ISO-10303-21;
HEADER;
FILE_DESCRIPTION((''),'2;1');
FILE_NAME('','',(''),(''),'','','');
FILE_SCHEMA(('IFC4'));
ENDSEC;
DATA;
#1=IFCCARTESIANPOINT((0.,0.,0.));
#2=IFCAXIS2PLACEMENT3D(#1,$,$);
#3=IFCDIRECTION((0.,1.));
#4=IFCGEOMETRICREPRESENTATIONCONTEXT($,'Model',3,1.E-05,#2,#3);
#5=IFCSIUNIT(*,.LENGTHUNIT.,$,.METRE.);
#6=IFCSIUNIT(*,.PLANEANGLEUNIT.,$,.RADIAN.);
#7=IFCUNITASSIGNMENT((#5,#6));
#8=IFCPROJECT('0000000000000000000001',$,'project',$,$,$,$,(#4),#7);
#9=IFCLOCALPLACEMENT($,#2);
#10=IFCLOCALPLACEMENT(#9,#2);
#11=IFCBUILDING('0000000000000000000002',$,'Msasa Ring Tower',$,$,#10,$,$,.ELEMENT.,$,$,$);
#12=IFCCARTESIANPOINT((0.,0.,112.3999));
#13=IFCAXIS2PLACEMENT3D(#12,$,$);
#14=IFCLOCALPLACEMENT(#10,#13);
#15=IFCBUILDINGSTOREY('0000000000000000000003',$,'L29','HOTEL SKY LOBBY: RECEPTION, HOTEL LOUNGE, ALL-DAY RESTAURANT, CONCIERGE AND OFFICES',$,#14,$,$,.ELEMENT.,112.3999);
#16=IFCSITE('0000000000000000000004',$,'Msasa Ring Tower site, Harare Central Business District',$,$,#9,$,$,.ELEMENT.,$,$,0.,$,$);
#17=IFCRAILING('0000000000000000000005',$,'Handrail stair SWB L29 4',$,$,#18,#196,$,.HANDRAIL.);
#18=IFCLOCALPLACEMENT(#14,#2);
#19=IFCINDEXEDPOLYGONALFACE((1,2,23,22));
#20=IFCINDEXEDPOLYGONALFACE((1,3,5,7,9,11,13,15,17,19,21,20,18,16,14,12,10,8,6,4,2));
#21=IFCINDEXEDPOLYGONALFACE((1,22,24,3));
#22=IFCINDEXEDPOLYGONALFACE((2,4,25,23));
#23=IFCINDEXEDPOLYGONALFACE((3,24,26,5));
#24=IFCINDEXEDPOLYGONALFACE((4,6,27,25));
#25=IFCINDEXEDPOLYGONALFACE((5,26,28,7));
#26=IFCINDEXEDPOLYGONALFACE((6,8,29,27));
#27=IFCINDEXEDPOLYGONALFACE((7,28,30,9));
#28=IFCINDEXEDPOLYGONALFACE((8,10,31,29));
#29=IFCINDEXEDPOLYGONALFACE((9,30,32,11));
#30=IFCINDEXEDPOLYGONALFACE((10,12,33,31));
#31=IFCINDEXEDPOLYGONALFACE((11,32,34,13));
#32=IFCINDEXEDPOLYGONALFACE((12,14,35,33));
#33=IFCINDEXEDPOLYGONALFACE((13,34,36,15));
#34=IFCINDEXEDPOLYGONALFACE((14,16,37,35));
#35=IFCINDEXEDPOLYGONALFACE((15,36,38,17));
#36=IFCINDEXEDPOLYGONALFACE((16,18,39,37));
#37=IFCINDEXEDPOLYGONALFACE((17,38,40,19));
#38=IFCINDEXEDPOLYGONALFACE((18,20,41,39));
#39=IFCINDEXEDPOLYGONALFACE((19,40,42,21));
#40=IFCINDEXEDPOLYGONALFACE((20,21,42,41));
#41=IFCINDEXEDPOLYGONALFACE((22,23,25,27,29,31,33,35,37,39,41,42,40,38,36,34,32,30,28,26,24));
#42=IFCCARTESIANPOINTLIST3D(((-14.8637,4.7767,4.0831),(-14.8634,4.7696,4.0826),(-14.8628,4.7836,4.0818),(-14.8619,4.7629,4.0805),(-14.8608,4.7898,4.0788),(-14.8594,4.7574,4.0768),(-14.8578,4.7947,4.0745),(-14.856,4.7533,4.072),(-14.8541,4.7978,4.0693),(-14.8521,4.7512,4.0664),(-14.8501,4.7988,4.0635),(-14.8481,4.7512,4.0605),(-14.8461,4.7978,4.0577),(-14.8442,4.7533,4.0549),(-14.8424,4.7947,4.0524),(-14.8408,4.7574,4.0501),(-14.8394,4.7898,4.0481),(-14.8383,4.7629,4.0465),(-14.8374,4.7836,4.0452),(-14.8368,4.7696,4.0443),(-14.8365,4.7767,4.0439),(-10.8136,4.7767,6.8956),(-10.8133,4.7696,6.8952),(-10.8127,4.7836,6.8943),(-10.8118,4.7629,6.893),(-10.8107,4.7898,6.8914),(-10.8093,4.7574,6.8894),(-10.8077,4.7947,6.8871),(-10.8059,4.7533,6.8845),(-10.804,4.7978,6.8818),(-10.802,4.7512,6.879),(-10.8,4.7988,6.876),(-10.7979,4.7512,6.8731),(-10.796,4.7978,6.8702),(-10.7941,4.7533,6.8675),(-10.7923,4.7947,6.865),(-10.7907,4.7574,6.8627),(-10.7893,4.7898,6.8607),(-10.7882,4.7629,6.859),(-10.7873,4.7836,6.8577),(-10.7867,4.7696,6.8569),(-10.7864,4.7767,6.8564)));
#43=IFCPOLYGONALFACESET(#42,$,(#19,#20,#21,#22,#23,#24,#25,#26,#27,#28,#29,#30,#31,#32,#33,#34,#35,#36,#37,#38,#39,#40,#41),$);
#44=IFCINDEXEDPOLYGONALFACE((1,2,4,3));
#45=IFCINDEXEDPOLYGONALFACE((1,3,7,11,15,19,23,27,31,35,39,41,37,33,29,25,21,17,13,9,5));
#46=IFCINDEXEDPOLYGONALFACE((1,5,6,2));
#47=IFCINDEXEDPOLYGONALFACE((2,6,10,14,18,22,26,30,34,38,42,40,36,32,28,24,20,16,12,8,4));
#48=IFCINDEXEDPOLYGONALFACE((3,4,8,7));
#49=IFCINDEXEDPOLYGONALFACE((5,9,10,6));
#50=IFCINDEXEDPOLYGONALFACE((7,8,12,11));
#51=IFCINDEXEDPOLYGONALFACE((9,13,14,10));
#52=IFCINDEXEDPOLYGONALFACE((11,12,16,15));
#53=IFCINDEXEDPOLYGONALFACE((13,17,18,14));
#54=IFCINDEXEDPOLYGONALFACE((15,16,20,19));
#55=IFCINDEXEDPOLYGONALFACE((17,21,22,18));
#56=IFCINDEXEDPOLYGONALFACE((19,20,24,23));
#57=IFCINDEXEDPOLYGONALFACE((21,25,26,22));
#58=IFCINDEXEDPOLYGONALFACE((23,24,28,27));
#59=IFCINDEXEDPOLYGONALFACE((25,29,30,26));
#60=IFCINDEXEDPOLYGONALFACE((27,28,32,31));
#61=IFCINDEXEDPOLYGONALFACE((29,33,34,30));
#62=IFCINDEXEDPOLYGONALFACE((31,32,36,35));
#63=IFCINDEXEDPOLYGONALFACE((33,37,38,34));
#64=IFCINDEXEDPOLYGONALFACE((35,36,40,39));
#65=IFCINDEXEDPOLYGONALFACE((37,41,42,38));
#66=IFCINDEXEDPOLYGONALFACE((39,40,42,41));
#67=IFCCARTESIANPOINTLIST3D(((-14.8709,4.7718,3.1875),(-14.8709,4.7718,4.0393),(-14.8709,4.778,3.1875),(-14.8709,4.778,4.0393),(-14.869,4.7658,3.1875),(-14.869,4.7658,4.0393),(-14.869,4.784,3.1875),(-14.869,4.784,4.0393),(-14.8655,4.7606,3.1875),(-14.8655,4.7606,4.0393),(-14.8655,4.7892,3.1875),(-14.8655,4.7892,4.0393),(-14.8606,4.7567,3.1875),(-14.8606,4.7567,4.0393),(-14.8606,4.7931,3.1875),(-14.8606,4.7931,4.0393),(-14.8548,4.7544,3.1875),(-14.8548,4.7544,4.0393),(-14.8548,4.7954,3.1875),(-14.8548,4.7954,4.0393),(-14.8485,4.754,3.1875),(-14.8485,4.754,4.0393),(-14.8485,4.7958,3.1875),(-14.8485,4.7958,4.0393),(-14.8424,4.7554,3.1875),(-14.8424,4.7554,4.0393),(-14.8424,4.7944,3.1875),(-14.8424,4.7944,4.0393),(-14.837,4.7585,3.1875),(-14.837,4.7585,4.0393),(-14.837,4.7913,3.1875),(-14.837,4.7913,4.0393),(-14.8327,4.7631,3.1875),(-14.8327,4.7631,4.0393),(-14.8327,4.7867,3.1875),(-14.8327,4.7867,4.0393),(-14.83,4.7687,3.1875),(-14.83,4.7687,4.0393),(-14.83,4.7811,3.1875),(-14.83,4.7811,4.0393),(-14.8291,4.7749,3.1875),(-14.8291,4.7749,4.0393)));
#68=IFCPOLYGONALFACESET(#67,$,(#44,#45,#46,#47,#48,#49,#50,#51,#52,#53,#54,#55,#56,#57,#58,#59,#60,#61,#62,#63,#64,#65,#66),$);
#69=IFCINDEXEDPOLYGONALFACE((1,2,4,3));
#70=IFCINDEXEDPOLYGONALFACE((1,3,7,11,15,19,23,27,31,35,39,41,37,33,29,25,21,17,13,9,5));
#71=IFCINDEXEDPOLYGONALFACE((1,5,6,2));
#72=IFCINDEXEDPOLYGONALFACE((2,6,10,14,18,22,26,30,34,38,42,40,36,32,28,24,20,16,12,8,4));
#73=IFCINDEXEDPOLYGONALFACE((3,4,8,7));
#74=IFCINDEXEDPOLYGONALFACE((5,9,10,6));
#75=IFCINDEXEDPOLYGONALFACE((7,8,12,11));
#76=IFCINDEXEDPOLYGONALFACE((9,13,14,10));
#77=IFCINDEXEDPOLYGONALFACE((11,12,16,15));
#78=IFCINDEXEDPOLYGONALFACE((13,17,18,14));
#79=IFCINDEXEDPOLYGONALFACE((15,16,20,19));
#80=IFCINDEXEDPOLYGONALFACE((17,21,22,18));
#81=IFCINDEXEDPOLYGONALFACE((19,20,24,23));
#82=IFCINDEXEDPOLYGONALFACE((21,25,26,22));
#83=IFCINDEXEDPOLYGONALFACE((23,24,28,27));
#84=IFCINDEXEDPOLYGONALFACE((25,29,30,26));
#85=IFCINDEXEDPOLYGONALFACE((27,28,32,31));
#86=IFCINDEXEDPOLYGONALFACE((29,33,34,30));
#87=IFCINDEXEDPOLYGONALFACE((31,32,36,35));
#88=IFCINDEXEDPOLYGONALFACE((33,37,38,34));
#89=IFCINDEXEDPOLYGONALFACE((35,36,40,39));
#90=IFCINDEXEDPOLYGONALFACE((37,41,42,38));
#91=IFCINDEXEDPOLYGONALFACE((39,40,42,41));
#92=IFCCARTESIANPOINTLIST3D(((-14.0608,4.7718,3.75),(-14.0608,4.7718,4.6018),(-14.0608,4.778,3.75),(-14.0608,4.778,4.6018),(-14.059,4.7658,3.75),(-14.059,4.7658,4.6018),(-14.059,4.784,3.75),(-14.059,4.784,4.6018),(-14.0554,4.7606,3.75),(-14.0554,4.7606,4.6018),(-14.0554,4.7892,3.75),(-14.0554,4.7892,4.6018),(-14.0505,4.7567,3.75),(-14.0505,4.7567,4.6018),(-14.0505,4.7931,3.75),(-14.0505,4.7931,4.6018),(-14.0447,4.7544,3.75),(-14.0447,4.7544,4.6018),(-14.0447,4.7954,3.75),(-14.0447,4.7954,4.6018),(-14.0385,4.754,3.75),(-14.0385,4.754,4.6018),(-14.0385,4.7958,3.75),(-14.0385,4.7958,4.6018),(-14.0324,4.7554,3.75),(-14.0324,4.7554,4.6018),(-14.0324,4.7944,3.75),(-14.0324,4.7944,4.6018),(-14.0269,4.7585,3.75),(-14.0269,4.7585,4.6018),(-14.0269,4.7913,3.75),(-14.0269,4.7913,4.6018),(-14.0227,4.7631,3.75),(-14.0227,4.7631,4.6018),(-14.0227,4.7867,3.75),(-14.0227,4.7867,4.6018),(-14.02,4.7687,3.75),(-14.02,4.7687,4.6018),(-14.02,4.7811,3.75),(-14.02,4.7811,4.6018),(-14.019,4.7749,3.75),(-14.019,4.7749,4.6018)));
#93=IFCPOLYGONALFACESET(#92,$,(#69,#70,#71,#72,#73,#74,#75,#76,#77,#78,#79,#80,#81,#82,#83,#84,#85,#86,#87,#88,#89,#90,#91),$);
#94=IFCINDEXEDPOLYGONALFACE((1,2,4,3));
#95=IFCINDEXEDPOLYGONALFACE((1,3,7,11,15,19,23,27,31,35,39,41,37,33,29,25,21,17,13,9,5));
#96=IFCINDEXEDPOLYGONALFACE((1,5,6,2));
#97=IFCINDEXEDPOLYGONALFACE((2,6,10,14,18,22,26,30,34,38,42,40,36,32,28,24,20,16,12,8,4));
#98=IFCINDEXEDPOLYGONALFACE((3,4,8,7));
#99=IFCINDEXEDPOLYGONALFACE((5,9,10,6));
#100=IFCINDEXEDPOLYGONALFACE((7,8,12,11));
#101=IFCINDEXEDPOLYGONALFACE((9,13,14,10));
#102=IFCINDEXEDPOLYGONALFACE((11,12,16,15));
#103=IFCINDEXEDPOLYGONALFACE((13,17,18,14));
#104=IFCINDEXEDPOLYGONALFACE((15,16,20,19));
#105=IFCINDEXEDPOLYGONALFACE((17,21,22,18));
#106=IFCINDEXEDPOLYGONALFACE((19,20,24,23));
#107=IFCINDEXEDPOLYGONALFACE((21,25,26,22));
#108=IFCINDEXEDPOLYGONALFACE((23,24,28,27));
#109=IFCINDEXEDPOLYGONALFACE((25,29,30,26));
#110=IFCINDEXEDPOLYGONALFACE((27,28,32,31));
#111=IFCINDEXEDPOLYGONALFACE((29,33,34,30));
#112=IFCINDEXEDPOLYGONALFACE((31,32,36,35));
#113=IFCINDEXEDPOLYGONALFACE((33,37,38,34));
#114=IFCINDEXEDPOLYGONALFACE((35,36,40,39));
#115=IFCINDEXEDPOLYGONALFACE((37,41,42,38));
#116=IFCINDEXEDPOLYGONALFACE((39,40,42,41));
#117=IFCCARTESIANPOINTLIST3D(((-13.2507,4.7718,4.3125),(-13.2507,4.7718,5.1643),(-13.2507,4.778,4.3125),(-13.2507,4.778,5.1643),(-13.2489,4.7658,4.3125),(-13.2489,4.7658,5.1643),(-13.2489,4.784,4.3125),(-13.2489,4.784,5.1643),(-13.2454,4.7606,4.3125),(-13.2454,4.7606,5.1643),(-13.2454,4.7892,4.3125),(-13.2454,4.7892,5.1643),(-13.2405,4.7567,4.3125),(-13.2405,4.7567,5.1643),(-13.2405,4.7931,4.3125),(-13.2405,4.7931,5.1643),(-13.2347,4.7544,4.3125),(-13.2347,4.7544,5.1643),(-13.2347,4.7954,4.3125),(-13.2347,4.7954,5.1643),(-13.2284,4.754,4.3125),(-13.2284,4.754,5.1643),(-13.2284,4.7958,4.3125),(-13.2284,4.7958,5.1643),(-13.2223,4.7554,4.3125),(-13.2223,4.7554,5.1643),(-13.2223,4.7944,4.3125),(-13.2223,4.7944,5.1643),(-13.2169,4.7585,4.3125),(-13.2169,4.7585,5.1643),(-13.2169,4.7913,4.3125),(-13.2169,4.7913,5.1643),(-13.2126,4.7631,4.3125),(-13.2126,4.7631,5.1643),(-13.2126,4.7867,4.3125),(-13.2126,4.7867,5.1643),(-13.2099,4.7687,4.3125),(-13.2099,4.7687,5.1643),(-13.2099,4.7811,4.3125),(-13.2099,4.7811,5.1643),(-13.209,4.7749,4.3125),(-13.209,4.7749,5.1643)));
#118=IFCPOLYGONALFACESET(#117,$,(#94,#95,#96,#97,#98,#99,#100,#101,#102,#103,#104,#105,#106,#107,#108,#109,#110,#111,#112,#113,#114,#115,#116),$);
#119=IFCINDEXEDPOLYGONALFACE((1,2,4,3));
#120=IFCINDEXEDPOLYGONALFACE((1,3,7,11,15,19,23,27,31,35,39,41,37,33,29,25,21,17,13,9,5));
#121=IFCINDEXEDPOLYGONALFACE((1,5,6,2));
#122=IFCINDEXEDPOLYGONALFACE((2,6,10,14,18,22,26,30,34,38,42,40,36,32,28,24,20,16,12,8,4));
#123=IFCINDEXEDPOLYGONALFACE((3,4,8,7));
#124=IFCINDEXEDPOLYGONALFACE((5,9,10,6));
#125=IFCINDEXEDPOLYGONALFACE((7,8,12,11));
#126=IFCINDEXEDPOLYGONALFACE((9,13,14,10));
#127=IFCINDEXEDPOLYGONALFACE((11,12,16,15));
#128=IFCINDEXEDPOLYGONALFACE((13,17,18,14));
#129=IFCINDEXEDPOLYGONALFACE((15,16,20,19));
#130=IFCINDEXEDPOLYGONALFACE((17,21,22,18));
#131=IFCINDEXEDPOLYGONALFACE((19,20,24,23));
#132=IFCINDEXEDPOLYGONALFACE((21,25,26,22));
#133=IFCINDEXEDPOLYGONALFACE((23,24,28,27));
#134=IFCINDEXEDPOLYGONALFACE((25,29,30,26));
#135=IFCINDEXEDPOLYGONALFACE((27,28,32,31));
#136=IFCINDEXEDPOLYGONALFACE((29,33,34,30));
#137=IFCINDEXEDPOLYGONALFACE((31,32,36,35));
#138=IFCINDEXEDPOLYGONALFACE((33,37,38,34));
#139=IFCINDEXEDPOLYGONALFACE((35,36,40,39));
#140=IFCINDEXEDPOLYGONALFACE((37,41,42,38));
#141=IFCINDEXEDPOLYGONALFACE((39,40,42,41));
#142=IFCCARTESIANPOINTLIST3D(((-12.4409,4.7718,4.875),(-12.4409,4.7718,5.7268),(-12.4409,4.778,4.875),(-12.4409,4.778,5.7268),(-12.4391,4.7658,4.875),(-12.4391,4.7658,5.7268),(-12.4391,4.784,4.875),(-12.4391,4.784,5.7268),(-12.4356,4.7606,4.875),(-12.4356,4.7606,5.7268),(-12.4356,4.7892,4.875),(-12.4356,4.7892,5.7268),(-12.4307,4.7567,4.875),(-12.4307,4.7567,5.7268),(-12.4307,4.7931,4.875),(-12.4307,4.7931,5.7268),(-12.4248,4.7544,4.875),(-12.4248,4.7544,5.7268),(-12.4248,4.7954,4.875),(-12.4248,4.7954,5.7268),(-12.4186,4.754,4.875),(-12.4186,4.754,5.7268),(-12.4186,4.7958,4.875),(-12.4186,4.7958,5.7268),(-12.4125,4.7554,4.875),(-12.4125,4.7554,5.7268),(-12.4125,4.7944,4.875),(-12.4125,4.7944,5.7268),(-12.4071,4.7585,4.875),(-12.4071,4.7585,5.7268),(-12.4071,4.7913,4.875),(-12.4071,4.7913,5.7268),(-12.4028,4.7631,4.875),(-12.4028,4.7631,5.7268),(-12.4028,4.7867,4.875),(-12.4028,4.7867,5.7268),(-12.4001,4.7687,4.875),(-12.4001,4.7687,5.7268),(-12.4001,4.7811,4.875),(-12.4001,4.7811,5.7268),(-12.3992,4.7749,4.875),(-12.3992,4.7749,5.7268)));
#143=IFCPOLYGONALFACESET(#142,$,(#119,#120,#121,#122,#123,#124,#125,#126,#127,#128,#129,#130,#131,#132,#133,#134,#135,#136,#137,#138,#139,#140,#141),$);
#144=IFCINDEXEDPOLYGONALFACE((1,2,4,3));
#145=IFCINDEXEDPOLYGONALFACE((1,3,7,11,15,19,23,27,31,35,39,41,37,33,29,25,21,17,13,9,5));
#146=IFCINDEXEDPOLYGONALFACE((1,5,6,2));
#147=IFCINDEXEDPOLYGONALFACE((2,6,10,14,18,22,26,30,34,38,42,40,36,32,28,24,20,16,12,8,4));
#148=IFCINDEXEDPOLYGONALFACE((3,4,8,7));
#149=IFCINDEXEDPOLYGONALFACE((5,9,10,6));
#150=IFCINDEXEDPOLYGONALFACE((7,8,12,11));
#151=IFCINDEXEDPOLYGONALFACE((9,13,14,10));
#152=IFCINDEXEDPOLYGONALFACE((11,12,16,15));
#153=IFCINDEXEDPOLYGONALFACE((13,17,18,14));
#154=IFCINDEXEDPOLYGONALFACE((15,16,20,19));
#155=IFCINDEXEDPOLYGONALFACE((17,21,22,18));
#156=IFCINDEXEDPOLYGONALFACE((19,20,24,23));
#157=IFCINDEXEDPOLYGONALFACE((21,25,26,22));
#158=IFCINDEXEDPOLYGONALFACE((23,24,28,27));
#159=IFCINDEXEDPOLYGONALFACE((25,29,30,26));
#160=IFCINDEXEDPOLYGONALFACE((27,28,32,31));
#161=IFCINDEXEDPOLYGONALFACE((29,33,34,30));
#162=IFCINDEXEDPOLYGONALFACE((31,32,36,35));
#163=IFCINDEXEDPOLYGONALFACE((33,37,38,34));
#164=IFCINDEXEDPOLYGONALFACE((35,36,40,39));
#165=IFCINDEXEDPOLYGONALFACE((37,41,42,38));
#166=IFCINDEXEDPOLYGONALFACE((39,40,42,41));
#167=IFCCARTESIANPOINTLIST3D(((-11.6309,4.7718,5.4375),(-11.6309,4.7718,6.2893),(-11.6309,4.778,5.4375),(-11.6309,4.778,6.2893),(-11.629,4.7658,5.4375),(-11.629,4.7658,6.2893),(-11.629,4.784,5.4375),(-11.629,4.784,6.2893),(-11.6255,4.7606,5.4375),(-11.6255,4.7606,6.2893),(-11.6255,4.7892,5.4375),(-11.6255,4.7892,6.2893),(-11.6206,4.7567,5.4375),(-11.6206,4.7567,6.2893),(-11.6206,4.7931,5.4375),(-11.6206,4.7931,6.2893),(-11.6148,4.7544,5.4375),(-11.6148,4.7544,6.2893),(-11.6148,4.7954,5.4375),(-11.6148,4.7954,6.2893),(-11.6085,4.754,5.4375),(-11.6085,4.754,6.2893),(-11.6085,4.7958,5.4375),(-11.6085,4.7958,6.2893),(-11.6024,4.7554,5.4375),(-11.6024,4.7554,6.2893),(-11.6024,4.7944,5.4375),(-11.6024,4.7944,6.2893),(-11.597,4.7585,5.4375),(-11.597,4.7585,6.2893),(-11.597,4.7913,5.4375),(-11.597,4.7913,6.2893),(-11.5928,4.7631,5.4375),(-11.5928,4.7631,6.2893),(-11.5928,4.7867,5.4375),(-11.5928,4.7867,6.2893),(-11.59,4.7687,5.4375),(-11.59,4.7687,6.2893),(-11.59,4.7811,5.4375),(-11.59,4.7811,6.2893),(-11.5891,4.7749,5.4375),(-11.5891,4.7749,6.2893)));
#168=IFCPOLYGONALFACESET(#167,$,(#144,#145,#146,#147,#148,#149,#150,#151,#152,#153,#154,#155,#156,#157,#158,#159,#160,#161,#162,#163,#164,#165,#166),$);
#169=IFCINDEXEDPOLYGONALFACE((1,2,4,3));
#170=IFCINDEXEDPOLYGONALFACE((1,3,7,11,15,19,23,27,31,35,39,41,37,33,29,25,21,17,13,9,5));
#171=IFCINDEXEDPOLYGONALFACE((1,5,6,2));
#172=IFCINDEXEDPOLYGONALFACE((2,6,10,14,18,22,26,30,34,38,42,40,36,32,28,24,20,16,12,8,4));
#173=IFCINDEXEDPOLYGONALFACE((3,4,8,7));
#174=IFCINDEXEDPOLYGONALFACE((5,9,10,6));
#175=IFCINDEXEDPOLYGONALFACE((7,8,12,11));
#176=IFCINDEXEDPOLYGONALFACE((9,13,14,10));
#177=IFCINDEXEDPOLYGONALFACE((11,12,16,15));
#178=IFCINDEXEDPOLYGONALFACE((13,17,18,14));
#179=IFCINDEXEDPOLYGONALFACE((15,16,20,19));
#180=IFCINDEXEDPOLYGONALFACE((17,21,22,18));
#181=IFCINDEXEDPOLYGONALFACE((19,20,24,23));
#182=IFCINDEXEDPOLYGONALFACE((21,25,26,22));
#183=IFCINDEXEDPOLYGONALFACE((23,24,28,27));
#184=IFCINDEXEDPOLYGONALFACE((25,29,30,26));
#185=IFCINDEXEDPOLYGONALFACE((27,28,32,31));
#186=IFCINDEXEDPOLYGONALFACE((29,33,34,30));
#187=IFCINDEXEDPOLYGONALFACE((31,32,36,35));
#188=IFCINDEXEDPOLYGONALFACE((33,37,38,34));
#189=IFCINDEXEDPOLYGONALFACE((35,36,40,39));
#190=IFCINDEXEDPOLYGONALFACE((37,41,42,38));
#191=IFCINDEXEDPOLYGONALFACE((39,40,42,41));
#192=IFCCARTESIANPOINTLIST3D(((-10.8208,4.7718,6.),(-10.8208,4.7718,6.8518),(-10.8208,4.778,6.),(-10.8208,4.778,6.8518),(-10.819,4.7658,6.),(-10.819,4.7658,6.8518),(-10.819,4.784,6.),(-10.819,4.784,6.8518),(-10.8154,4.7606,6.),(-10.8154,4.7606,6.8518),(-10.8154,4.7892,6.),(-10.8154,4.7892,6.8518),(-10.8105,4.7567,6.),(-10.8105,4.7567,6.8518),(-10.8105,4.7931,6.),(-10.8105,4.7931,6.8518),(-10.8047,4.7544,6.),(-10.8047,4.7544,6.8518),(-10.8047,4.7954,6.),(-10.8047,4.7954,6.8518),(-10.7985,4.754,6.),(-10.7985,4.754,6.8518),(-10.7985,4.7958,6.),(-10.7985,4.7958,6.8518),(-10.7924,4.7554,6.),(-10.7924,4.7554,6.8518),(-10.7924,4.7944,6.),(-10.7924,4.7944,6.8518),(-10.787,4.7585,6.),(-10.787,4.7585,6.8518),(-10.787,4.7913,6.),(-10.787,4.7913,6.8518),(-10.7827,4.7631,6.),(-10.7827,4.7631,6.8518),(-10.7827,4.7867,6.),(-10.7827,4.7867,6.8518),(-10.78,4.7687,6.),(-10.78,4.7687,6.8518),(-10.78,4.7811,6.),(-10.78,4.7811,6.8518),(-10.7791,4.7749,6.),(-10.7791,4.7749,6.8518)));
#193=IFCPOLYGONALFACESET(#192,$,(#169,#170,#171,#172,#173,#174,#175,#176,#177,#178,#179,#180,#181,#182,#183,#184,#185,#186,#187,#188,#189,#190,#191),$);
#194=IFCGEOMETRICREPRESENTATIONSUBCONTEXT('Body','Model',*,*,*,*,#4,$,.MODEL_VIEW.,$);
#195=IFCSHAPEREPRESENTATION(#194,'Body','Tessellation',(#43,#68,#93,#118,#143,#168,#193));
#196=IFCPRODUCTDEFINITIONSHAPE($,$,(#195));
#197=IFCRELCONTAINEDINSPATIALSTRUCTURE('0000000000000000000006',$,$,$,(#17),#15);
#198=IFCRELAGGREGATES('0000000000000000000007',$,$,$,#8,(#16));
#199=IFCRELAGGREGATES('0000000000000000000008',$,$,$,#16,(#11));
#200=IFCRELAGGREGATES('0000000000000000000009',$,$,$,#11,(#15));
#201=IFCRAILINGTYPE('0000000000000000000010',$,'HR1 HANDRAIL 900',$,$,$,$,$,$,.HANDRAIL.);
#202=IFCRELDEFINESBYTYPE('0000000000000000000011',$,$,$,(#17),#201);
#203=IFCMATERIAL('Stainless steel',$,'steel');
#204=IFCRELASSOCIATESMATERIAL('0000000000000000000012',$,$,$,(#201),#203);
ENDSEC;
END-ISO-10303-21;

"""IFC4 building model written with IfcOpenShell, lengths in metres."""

from ifc_helpers import new_model, si_unit, direction, frame, origin, origin_2d, place, context, subcontext, project, spatial, circle, extrude, material, type_object, element, save


model = new_model("IFC4")

# Units and contexts
model_context = context("Model", 3, precision=1e-05, world=origin(), true_north=direction((0.0, 1.0)))
body_context = subcontext(model_context, "Body", "Model", "MODEL_VIEW")
ifc_project = project(units=[si_unit("LENGTHUNIT", "METRE"), si_unit("PLANEANGLEUNIT", "RADIAN")], contexts=[model_context])

# Site, building, storey
site_placement = place(None, origin())
site = spatial("IfcSite", under=ifc_project, at=site_placement, Name="Msasa Ring Tower site, Harare Central Business District", CompositionType="ELEMENT", RefElevation=0.0)
building_placement = place(site_placement, origin())
building = spatial("IfcBuilding", under=site, at=building_placement, Name="Msasa Ring Tower", CompositionType="ELEMENT")
storey_placement = place(building_placement, frame((0.0, 0.0, 112.3999)))
storey = spatial("IfcBuildingStorey", under=building, at=storey_placement, Name="L29", Description="HOTEL SKY LOBBY: RECEPTION, HOTEL LOUNGE, ALL-DAY RESTAURANT, CONCIERGE AND OFFICES", CompositionType="ELEMENT", Elevation=112.3999)

# Railing
ifc_material_1 = material(Name="Stainless steel", Category="steel")
railing_type = type_object("IfcRailingType", Name="HR1 HANDRAIL 900", PredefinedType="HANDRAIL", material=ifc_material_1)
railing_placement = place(storey_placement, frame((-14.8501, 4.7749, 3.1875)))
element("IfcRailing", 1, at=railing_placement, inside=storey, type_object=railing_type, Name="Handrail stair SWB L29 4", PredefinedType="HANDRAIL", context=body_context, shape_type="SweptSolid", body=[
    extrude(circle(Radius=0.0239, at=origin_2d()), frame((0.0, 0.0, 0.876), z_axis=(0.821373, 0.0, 0.570391), x_axis=(0.0, 1.0, 0.0)), (0.0, 0.0, 1.0), 4.9309),
    extrude(circle(Radius=0.021, at=origin_2d()), origin(), (0.0, 0.0, 1.0), 0.8518),
    extrude(circle(Radius=0.021, at=origin_2d()), frame((0.8101, 0.0, 0.5625)), (0.0, 0.0, 1.0), 0.8518),
    extrude(circle(Radius=0.021, at=origin_2d()), frame((1.6201, 0.0, 1.125)), (0.0, 0.0, 1.0), 0.8518),
    extrude(circle(Radius=0.021, at=origin_2d()), frame((2.4299, 0.0, 1.6875)), (0.0, 0.0, 1.0), 0.8518),
    extrude(circle(Radius=0.021, at=origin_2d()), frame((3.24, 0.0, 2.25)), (0.0, 0.0, 1.0), 0.8518),
    extrude(circle(Radius=0.021, at=origin_2d()), frame((4.05, 0.0, 2.8125)), (0.0, 0.0, 1.0), 0.8518),
])

save(model, "model.ifc")
